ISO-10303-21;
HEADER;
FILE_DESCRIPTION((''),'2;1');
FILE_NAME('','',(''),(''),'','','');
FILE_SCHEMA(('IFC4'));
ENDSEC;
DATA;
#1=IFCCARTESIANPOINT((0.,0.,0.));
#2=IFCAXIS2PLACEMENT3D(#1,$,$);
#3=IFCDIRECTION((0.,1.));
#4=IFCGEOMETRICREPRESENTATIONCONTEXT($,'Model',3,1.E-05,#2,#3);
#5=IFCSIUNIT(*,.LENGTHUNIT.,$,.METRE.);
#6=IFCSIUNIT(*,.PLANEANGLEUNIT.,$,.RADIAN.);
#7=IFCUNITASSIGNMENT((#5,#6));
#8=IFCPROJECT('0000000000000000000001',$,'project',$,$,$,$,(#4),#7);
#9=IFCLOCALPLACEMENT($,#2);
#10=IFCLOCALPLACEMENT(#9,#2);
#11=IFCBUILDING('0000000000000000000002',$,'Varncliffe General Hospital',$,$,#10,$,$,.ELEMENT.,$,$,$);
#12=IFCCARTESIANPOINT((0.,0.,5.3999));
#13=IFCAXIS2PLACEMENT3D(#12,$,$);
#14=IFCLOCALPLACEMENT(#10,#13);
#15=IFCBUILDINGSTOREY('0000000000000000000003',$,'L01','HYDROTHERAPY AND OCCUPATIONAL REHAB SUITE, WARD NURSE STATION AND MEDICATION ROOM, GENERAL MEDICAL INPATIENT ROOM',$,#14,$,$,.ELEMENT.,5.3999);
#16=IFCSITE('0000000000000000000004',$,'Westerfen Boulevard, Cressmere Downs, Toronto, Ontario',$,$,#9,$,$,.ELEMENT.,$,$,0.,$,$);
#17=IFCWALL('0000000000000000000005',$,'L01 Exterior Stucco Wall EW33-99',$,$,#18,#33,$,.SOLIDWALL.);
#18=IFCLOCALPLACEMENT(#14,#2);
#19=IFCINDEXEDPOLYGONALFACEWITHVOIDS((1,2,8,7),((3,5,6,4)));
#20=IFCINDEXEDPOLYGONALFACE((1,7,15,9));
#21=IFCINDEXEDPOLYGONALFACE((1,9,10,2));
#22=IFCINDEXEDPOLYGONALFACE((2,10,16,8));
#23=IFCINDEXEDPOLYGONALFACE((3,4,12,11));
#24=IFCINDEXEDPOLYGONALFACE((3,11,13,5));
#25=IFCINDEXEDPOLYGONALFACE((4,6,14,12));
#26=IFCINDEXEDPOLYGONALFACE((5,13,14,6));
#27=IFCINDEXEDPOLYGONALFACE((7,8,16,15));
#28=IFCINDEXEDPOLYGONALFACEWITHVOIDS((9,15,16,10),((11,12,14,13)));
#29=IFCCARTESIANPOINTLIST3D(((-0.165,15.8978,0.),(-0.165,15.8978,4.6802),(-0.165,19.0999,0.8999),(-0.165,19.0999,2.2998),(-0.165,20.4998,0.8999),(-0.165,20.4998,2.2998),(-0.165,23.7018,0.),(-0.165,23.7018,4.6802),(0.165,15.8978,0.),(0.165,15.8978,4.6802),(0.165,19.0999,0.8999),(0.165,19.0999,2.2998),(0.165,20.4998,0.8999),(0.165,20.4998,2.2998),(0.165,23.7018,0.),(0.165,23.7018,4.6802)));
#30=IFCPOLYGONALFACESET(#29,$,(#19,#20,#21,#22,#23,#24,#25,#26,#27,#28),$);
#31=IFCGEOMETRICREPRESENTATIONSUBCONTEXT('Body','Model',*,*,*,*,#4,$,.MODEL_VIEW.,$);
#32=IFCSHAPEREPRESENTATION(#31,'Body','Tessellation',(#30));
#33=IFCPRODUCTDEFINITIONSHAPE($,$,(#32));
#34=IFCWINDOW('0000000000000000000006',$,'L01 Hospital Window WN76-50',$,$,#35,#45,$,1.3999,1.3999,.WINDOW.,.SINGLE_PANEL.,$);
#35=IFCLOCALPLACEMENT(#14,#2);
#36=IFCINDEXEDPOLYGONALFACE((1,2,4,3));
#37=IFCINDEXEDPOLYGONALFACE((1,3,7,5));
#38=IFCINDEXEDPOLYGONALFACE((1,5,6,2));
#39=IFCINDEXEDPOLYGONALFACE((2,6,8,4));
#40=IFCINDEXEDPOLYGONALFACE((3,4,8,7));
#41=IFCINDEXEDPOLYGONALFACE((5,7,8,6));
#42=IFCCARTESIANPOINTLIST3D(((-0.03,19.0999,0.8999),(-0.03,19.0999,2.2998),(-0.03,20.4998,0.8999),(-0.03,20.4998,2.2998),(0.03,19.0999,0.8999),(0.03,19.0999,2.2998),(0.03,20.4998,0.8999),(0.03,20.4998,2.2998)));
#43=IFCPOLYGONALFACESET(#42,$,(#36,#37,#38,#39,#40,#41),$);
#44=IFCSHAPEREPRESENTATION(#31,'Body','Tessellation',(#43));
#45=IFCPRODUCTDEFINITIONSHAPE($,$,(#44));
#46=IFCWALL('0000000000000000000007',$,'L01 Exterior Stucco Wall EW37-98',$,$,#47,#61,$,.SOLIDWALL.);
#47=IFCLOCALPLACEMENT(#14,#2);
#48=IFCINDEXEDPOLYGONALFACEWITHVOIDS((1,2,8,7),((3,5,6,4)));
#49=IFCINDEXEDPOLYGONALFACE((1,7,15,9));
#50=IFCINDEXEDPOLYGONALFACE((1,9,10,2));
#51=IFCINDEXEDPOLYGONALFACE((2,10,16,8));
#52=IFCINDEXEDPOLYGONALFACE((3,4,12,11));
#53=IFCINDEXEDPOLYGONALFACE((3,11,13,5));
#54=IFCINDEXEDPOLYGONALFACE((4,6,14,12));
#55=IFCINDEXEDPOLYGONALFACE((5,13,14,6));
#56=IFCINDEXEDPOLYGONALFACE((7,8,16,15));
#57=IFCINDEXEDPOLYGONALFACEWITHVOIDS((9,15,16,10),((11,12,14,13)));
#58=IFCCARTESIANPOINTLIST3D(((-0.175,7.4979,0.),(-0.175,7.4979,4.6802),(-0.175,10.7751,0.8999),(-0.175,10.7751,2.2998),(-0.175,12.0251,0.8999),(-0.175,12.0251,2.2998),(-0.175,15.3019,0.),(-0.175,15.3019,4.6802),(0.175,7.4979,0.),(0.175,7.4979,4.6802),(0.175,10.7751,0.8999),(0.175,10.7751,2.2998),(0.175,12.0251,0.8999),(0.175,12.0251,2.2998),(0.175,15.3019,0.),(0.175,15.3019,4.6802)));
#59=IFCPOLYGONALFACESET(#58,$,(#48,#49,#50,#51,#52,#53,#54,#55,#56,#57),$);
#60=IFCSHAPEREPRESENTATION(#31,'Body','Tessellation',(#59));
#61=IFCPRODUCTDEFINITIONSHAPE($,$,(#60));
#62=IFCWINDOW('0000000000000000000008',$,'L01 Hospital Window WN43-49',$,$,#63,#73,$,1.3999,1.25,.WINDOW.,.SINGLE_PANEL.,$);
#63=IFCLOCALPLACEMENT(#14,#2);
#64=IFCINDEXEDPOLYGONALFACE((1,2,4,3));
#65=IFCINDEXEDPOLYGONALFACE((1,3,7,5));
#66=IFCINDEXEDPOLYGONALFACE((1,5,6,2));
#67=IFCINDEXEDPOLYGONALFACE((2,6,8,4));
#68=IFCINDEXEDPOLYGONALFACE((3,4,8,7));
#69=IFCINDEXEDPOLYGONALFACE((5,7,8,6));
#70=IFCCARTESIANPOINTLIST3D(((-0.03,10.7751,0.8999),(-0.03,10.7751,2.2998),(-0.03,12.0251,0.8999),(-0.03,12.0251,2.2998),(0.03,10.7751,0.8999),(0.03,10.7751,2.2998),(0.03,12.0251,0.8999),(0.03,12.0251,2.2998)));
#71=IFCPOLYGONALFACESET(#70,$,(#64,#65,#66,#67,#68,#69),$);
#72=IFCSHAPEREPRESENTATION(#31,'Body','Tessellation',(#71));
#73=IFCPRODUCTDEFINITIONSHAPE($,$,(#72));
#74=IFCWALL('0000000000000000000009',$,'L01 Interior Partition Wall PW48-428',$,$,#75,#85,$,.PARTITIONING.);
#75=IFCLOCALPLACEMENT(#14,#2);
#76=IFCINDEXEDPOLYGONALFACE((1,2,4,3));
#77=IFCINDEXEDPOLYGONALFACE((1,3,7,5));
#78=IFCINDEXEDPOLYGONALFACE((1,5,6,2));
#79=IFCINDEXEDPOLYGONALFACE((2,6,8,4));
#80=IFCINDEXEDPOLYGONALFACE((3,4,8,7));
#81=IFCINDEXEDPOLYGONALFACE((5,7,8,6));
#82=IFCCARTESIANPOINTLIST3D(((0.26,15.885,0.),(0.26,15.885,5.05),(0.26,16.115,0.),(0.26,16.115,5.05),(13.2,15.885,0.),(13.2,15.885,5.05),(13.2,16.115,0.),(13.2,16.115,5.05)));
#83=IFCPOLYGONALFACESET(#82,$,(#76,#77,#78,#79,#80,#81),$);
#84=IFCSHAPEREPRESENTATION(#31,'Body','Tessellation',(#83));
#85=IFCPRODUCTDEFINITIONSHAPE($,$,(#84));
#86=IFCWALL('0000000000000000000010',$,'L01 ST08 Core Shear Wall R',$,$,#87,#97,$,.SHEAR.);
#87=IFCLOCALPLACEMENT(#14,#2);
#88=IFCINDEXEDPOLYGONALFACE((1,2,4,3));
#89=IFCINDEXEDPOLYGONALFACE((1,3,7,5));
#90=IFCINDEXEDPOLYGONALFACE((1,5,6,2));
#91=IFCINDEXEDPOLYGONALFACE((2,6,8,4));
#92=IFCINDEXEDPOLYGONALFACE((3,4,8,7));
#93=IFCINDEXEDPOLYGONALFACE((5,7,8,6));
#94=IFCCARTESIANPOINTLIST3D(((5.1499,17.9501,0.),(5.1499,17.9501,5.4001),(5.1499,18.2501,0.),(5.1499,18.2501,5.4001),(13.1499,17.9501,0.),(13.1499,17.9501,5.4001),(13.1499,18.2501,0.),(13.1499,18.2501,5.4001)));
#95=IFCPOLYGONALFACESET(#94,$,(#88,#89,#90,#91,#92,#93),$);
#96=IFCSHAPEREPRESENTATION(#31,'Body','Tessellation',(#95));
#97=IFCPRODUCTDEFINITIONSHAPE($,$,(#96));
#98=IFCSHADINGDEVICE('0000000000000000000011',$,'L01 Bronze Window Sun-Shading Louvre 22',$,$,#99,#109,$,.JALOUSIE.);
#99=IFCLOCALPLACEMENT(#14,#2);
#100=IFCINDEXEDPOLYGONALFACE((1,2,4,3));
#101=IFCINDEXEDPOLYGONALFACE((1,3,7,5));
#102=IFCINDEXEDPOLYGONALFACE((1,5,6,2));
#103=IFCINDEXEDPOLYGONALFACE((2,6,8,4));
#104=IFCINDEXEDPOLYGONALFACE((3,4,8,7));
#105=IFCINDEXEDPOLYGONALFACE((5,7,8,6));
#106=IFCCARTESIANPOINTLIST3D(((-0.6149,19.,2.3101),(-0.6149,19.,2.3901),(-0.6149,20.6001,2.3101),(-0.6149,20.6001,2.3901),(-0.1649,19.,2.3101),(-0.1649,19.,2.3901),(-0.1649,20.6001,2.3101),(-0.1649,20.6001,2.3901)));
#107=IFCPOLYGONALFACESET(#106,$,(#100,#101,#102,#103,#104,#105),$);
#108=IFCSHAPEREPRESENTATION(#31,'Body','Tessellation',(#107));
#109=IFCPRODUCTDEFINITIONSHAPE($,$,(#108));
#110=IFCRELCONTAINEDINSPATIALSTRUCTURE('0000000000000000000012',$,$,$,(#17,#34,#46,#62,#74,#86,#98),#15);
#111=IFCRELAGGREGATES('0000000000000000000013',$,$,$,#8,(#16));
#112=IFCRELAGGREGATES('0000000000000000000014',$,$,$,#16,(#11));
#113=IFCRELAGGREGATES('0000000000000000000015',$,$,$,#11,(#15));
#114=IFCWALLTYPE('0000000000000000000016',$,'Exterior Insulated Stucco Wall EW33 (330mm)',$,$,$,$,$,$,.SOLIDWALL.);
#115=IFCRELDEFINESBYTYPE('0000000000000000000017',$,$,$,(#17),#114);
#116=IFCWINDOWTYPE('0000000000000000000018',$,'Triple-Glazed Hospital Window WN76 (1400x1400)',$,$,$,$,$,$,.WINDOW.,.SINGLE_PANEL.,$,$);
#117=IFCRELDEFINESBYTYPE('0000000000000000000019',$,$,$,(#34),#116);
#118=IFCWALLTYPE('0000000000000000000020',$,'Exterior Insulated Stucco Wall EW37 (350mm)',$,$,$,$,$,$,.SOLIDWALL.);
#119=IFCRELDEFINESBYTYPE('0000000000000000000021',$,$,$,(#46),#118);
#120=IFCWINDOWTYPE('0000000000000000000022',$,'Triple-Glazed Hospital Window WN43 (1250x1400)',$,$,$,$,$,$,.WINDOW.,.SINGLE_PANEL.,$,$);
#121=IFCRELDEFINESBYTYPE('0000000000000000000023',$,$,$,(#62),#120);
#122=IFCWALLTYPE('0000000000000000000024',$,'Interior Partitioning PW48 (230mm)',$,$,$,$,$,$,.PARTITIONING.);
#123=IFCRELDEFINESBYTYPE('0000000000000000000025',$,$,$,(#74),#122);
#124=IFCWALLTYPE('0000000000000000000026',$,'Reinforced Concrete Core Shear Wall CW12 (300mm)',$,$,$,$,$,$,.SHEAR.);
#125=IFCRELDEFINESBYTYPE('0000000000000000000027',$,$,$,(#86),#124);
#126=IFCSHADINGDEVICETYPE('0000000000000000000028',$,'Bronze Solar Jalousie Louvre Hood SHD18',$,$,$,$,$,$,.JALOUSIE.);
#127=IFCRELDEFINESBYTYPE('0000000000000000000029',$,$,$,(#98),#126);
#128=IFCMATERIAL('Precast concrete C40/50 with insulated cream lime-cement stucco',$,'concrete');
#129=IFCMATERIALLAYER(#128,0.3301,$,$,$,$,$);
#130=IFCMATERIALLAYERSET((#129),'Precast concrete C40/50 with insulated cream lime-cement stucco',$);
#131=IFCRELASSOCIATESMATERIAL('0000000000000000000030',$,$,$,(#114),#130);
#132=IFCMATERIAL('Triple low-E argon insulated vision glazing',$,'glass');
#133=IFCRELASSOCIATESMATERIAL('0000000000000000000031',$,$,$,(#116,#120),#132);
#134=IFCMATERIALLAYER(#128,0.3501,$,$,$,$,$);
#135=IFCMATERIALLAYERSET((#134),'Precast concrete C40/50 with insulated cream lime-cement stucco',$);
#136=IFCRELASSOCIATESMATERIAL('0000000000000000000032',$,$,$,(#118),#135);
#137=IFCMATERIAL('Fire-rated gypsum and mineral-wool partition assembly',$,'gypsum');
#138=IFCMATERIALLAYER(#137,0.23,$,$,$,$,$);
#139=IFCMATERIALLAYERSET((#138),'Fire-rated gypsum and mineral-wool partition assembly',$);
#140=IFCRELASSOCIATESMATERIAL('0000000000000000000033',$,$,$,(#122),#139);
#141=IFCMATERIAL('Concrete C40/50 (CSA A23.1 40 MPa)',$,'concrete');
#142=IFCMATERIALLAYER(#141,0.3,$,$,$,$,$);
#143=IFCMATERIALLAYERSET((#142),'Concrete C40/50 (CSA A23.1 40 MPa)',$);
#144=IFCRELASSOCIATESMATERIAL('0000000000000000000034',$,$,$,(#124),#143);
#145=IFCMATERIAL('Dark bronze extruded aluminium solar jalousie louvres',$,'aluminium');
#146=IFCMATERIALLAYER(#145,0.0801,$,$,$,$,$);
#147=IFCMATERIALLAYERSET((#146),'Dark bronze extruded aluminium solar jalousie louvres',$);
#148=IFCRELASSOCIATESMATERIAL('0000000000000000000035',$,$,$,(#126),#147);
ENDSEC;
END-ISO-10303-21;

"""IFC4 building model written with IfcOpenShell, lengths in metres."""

from ifc_helpers import new_model, si_unit, direction, frame, frame_2d, origin, origin_2d, place, context, subcontext, project, spatial, rectangle, extrude, material, layer, layer_set, type_object, element, fill, save


model = new_model("IFC4")

# Units and contexts
model_context = context("Model", 3, precision=1e-05, world=origin(), true_north=direction((0.0, 1.0)))
body_context = subcontext(model_context, "Body", "Model", "MODEL_VIEW")
ifc_project = project(units=[si_unit("LENGTHUNIT", "METRE"), si_unit("PLANEANGLEUNIT", "RADIAN")], contexts=[model_context])

# Site, building, storey
site_placement = place(None, origin())
site = spatial("IfcSite", under=ifc_project, at=site_placement, Name="Westerfen Boulevard, Cressmere Downs, Toronto, Ontario", CompositionType="ELEMENT", RefElevation=0.0)
building_placement = place(site_placement, origin())
building = spatial("IfcBuilding", under=site, at=building_placement, Name="Varncliffe General Hospital", CompositionType="ELEMENT")
storey_placement = place(building_placement, frame((0.0, 0.0, 5.3999)))
storey = spatial("IfcBuildingStorey", under=building, at=storey_placement, Name="L01", Description="HYDROTHERAPY AND OCCUPATIONAL REHAB SUITE, WARD NURSE STATION AND MEDICATION ROOM, GENERAL MEDICAL INPATIENT ROOM", CompositionType="ELEMENT", Elevation=5.3999)

# Shared definitions
ifc_material_1 = material(Name="Concrete C40/50 (CSA A23.1 40 MPa)", Category="concrete")

# Walls, openings, windows
ifc_material_2 = material(Name="Precast concrete C40/50 with insulated cream lime-cement stucco", Category="concrete")
ifc_layer_1 = layer(ifc_material_2, 0.3301)
ifc_layer_set_1 = layer_set([ifc_layer_1], Name="Precast concrete C40/50 with insulated cream lime-cement stucco")
wall_type_1 = type_object("IfcWallType", Name="Exterior Insulated Stucco Wall EW33 (330mm)", PredefinedType="SOLIDWALL", material=ifc_layer_set_1)
wall_1_placement = place(storey_placement, frame((0.0, 15.8979, 0.0), z_axis=(0.0, 0.0, 1.0), x_axis=(0.0, 1.0, 0.0)))
wall_1 = element("IfcWall", 1, at=wall_1_placement, inside=storey, type_object=wall_type_1, Name="L01 Exterior Stucco Wall EW33-99", PredefinedType="SOLIDWALL", context=body_context, shape_type="SweptSolid", body=[
    extrude(rectangle(XDim=7.804, YDim=0.3301, at=frame_2d((3.9019, 0.0))), origin(), (0.0, 0.0, 1.0), 4.6802),
])
opening_1_placement = place(wall_1_placement, frame((3.2019, 0.0, 0.8999)))
opening_1 = element("IfcOpeningElement", 2, at=opening_1_placement, cuts=wall_1, PredefinedType="OPENING", context=body_context, shape_type="SweptSolid", body=[
    extrude(rectangle(XDim=1.3999, YDim=1.3999, at=frame_2d((0.7, 0.7))), frame((0.0, 0.175, 0.0), z_axis=(0.0, -1.0, 0.0), x_axis=(1.0, 0.0, 0.0)), (0.0, 0.0, 1.0), 0.3501),
])
ifc_material_3 = material(Name="Triple low-E argon insulated vision glazing", Category="glass")
window_type_1 = type_object("IfcWindowType", Name="Triple-Glazed Hospital Window WN76 (1400x1400)", PartitioningType="SINGLE_PANEL", PredefinedType="WINDOW", material=ifc_material_3)
window_1_placement = place(opening_1_placement, origin())
window_1 = element("IfcWindow", 3, at=window_1_placement, inside=storey, type_object=window_type_1, Name="L01 Hospital Window WN76-50", OverallHeight=1.3999, OverallWidth=1.3999, PartitioningType="SINGLE_PANEL", PredefinedType="WINDOW", context=body_context, shape_type="SweptSolid", body=[
    extrude(rectangle(XDim=1.3999, YDim=1.3999, at=frame_2d((0.7, 0.7))), frame((0.0, 0.03, 0.0), z_axis=(0.0, -1.0, 0.0), x_axis=(1.0, 0.0, 0.0)), (0.0, 0.0, 1.0), 0.0601),
])
fill(opening_1, window_1)
ifc_layer_2 = layer(ifc_material_2, 0.3501)
ifc_layer_set_2 = layer_set([ifc_layer_2], Name="Precast concrete C40/50 with insulated cream lime-cement stucco")
wall_type_2 = type_object("IfcWallType", Name="Exterior Insulated Stucco Wall EW37 (350mm)", PredefinedType="SOLIDWALL", material=ifc_layer_set_2)
wall_2_placement = place(storey_placement, frame((0.0, 7.498, 0.0), z_axis=(0.0, 0.0, 1.0), x_axis=(0.0, 1.0, 0.0)))
wall_2 = element("IfcWall", 4, at=wall_2_placement, inside=storey, type_object=wall_type_2, Name="L01 Exterior Stucco Wall EW37-98", PredefinedType="SOLIDWALL", context=body_context, shape_type="SweptSolid", body=[
    extrude(rectangle(XDim=7.804, YDim=0.3501, at=frame_2d((3.9019, 0.0))), origin(), (0.0, 0.0, 1.0), 4.6802),
])
opening_2_placement = place(wall_2_placement, frame((3.2771, 0.0, 0.8999)))
opening_2 = element("IfcOpeningElement", 5, at=opening_2_placement, cuts=wall_2, PredefinedType="OPENING", context=body_context, shape_type="SweptSolid", body=[
    extrude(rectangle(XDim=1.25, YDim=1.3999, at=frame_2d((0.625, 0.7))), frame((0.0, 0.1851, 0.0), z_axis=(0.0, -1.0, 0.0), x_axis=(1.0, 0.0, 0.0)), (0.0, 0.0, 1.0), 0.3701),
])
window_type_2 = type_object("IfcWindowType", Name="Triple-Glazed Hospital Window WN43 (1250x1400)", PartitioningType="SINGLE_PANEL", PredefinedType="WINDOW", material=ifc_material_3)
window_2_placement = place(opening_2_placement, origin())
window_2 = element("IfcWindow", 6, at=window_2_placement, inside=storey, type_object=window_type_2, Name="L01 Hospital Window WN43-49", OverallHeight=1.3999, OverallWidth=1.25, PartitioningType="SINGLE_PANEL", PredefinedType="WINDOW", context=body_context, shape_type="SweptSolid", body=[
    extrude(rectangle(XDim=1.25, YDim=1.3999, at=frame_2d((0.625, 0.7))), frame((0.0, 0.03, 0.0), z_axis=(0.0, -1.0, 0.0), x_axis=(1.0, 0.0, 0.0)), (0.0, 0.0, 1.0), 0.0601),
])
fill(opening_2, window_2)

# Walls
ifc_material_4 = material(Name="Fire-rated gypsum and mineral-wool partition assembly", Category="gypsum")
ifc_layer_3 = layer(ifc_material_4, 0.23)
ifc_layer_set_3 = layer_set([ifc_layer_3], Name="Fire-rated gypsum and mineral-wool partition assembly")
wall_type_3 = type_object("IfcWallType", Name="Interior Partitioning PW48 (230mm)", PredefinedType="PARTITIONING", material=ifc_layer_set_3)
wall_3_placement = place(storey_placement, frame((0.26, 16.0, 0.0), z_axis=(0.0, 0.0, 1.0), x_axis=(1.0, 0.0, 0.0)))
element("IfcWall", 7, at=wall_3_placement, inside=storey, type_object=wall_type_3, Name="L01 Interior Partition Wall PW48-428", PredefinedType="PARTITIONING", context=body_context, shape_type="SweptSolid", body=[
    extrude(rectangle(XDim=12.9399, YDim=0.23, at=frame_2d((6.47, 0.0))), origin(), (0.0, 0.0, 1.0), 5.05),
])
ifc_layer_4 = layer(ifc_material_1, 0.3)
ifc_layer_set_4 = layer_set([ifc_layer_4], Name="Concrete C40/50 (CSA A23.1 40 MPa)")
wall_type_4 = type_object("IfcWallType", Name="Reinforced Concrete Core Shear Wall CW12 (300mm)", PredefinedType="SHEAR", material=ifc_layer_set_4)
wall_4_placement = place(storey_placement, frame((5.1499, 18.1001, 0.0), z_axis=(0.0, 0.0, 1.0), x_axis=(1.0, 0.0, 0.0)))
element("IfcWall", 8, at=wall_4_placement, inside=storey, type_object=wall_type_4, Name="L01 ST08 Core Shear Wall R", PredefinedType="SHEAR", context=body_context, shape_type="SweptSolid", body=[
    extrude(rectangle(XDim=8.0, YDim=0.3, at=frame_2d((4.0, 0.0))), origin(), (0.0, 0.0, 1.0), 5.4001),
])

# Shading device
ifc_material_5 = material(Name="Dark bronze extruded aluminium solar jalousie louvres", Category="aluminium")
ifc_layer_5 = layer(ifc_material_5, 0.0801)
ifc_layer_set_5 = layer_set([ifc_layer_5], Name="Dark bronze extruded aluminium solar jalousie louvres")
shading_device_type = type_object("IfcShadingDeviceType", Name="Bronze Solar Jalousie Louvre Hood SHD18", PredefinedType="JALOUSIE", material=ifc_layer_set_5)
shading_device_placement = place(storey_placement, frame((-0.3899, 19.8, 2.3101), z_axis=(0.0, 0.0, 1.0), x_axis=(0.0, 1.0, 0.0)))
element("IfcShadingDevice", 9, at=shading_device_placement, inside=storey, type_object=shading_device_type, Name="L01 Bronze Window Sun-Shading Louvre 22", PredefinedType="JALOUSIE", context=body_context, shape_type="SweptSolid", body=[
    extrude(rectangle(XDim=1.6001, YDim=0.45, at=origin_2d()), origin(), (0.0, 0.0, 1.0), 0.0801),
])

save(model, "model.ifc")
